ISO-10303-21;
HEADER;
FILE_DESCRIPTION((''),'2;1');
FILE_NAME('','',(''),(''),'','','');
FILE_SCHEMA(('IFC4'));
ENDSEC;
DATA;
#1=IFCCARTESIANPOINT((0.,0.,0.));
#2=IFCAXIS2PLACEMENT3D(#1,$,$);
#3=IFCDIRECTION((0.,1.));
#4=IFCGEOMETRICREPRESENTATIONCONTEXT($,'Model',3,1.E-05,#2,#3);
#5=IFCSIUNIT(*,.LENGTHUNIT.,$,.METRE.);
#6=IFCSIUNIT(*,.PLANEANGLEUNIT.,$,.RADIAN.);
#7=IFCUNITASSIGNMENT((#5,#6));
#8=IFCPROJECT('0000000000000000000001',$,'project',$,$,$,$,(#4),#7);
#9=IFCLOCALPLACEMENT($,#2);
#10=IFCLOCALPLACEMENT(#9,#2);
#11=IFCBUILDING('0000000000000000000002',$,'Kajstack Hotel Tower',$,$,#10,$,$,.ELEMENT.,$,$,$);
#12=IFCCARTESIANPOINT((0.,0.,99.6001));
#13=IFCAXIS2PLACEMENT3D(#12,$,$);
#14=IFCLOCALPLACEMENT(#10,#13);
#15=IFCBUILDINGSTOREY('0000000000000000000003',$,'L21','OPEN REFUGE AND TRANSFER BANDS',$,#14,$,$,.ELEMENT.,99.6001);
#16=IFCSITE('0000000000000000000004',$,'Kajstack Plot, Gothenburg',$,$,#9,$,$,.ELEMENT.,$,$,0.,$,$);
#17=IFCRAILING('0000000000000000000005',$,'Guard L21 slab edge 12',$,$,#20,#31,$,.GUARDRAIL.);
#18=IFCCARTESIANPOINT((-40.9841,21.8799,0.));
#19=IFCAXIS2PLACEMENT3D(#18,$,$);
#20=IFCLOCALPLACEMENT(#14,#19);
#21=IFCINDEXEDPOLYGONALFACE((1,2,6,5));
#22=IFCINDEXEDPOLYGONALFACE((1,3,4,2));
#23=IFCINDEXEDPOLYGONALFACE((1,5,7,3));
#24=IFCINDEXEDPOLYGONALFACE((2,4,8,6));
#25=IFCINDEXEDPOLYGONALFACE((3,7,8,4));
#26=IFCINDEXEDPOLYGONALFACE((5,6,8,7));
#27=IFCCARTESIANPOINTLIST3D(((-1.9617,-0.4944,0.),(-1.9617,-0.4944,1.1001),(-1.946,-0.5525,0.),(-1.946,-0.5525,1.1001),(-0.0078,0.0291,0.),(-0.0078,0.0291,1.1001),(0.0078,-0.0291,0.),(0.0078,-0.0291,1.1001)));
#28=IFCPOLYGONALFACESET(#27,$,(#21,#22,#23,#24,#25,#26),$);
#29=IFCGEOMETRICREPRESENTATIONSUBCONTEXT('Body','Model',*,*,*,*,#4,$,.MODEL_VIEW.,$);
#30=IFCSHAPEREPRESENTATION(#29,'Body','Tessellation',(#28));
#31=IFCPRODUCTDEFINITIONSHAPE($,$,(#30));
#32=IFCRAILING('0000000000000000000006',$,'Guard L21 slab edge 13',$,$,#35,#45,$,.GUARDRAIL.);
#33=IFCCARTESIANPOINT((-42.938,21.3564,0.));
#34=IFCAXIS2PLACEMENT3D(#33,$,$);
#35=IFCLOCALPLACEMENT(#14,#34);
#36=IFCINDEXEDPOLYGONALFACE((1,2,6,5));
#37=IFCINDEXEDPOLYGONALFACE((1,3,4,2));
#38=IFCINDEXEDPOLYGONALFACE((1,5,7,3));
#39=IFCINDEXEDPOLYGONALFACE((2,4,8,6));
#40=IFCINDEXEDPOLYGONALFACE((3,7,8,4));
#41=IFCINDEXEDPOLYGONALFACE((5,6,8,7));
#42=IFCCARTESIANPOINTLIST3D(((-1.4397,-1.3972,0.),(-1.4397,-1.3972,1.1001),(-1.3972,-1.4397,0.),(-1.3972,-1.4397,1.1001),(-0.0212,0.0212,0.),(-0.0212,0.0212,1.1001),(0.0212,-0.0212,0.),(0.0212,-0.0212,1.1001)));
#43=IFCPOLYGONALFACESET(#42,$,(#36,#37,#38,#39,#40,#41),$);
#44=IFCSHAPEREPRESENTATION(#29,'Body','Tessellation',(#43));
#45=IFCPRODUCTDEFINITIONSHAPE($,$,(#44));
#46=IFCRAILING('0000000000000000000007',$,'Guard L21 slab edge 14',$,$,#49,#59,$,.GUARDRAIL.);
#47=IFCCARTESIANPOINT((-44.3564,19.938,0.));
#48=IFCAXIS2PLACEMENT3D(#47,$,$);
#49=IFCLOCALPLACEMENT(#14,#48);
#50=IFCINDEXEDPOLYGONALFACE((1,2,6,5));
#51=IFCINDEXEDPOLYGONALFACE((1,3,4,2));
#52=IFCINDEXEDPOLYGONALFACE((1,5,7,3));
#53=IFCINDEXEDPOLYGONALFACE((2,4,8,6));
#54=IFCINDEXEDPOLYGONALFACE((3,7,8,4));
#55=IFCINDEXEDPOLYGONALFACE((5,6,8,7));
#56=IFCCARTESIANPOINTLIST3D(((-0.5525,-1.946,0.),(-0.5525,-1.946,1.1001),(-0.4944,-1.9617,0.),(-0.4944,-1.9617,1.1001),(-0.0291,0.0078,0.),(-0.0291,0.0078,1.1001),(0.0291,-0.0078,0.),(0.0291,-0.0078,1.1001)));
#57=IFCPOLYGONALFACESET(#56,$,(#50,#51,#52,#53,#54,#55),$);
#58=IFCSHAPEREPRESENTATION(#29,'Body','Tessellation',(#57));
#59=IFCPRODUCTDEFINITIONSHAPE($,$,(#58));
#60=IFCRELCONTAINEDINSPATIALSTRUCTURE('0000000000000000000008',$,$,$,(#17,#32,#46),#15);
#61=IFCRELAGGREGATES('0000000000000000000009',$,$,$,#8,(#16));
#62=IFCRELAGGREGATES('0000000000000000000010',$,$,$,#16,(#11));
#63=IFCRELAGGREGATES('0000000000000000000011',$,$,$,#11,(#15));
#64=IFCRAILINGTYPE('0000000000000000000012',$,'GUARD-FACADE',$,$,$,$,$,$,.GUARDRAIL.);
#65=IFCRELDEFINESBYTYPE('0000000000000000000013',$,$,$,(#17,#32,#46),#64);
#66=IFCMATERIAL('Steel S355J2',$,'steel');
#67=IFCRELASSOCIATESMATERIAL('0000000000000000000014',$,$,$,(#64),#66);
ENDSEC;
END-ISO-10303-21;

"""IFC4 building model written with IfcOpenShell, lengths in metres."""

from ifc_helpers import new_model, si_unit, direction, frame, origin, place, context, subcontext, project, spatial, polyline, outline, extrude, material, type_object, element, save


model = new_model("IFC4")

# Units and contexts
model_context = context("Model", 3, precision=1e-05, world=origin(), true_north=direction((0.0, 1.0)))
body_context = subcontext(model_context, "Body", "Model", "MODEL_VIEW")
ifc_project = project(units=[si_unit("LENGTHUNIT", "METRE"), si_unit("PLANEANGLEUNIT", "RADIAN")], contexts=[model_context])

# Site, building, storey
site_placement = place(None, origin())
site = spatial("IfcSite", under=ifc_project, at=site_placement, Name="Kajstack Plot, Gothenburg", CompositionType="ELEMENT", RefElevation=0.0)
building_placement = place(site_placement, origin())
building = spatial("IfcBuilding", under=site, at=building_placement, Name="Kajstack Hotel Tower", CompositionType="ELEMENT")
storey_placement = place(building_placement, frame((0.0, 0.0, 99.6001)))
storey = spatial("IfcBuildingStorey", under=building, at=storey_placement, Name="L21", Description="OPEN REFUGE AND TRANSFER BANDS", CompositionType="ELEMENT", Elevation=99.6001)

# Railings
ifc_material = material(Name="Steel S355J2", Category="steel")
railing_type = type_object("IfcRailingType", Name="GUARD-FACADE", PredefinedType="GUARDRAIL", material=ifc_material)
railing_1_placement = place(storey_placement, frame((-40.9841, 21.8799, 0.0)))
element("IfcRailing", 1, at=railing_1_placement, inside=storey, type_object=railing_type, Name="Guard L21 slab edge 12", PredefinedType="GUARDRAIL", context=body_context, shape_type="SweptSolid", body=[
    extrude(outline(polyline([(-1.946, -0.5525), (-1.9617, -0.4944), (-0.0078, 0.0291), (0.0078, -0.0291), (-1.946, -0.5525)])), origin(), (0.0, 0.0, 1.0), 1.1001),
])
railing_2_placement = place(storey_placement, frame((-42.938, 21.3564, 0.0)))
element("IfcRailing", 2, at=railing_2_placement, inside=storey, type_object=railing_type, Name="Guard L21 slab edge 13", PredefinedType="GUARDRAIL", context=body_context, shape_type="SweptSolid", body=[
    extrude(outline(polyline([(-1.3972, -1.4397), (-1.4397, -1.3972), (-0.0212, 0.0212), (0.0212, -0.0212), (-1.3972, -1.4397)])), origin(), (0.0, 0.0, 1.0), 1.1001),
])
railing_3_placement = place(storey_placement, frame((-44.3564, 19.938, 0.0)))
element("IfcRailing", 3, at=railing_3_placement, inside=storey, type_object=railing_type, Name="Guard L21 slab edge 14", PredefinedType="GUARDRAIL", context=body_context, shape_type="SweptSolid", body=[
    extrude(outline(polyline([(-0.4944, -1.9617), (-0.5525, -1.946), (-0.0291, 0.0078), (0.0291, -0.0078), (-0.4944, -1.9617)])), origin(), (0.0, 0.0, 1.0), 1.1001),
])

save(model, "model.ifc")
